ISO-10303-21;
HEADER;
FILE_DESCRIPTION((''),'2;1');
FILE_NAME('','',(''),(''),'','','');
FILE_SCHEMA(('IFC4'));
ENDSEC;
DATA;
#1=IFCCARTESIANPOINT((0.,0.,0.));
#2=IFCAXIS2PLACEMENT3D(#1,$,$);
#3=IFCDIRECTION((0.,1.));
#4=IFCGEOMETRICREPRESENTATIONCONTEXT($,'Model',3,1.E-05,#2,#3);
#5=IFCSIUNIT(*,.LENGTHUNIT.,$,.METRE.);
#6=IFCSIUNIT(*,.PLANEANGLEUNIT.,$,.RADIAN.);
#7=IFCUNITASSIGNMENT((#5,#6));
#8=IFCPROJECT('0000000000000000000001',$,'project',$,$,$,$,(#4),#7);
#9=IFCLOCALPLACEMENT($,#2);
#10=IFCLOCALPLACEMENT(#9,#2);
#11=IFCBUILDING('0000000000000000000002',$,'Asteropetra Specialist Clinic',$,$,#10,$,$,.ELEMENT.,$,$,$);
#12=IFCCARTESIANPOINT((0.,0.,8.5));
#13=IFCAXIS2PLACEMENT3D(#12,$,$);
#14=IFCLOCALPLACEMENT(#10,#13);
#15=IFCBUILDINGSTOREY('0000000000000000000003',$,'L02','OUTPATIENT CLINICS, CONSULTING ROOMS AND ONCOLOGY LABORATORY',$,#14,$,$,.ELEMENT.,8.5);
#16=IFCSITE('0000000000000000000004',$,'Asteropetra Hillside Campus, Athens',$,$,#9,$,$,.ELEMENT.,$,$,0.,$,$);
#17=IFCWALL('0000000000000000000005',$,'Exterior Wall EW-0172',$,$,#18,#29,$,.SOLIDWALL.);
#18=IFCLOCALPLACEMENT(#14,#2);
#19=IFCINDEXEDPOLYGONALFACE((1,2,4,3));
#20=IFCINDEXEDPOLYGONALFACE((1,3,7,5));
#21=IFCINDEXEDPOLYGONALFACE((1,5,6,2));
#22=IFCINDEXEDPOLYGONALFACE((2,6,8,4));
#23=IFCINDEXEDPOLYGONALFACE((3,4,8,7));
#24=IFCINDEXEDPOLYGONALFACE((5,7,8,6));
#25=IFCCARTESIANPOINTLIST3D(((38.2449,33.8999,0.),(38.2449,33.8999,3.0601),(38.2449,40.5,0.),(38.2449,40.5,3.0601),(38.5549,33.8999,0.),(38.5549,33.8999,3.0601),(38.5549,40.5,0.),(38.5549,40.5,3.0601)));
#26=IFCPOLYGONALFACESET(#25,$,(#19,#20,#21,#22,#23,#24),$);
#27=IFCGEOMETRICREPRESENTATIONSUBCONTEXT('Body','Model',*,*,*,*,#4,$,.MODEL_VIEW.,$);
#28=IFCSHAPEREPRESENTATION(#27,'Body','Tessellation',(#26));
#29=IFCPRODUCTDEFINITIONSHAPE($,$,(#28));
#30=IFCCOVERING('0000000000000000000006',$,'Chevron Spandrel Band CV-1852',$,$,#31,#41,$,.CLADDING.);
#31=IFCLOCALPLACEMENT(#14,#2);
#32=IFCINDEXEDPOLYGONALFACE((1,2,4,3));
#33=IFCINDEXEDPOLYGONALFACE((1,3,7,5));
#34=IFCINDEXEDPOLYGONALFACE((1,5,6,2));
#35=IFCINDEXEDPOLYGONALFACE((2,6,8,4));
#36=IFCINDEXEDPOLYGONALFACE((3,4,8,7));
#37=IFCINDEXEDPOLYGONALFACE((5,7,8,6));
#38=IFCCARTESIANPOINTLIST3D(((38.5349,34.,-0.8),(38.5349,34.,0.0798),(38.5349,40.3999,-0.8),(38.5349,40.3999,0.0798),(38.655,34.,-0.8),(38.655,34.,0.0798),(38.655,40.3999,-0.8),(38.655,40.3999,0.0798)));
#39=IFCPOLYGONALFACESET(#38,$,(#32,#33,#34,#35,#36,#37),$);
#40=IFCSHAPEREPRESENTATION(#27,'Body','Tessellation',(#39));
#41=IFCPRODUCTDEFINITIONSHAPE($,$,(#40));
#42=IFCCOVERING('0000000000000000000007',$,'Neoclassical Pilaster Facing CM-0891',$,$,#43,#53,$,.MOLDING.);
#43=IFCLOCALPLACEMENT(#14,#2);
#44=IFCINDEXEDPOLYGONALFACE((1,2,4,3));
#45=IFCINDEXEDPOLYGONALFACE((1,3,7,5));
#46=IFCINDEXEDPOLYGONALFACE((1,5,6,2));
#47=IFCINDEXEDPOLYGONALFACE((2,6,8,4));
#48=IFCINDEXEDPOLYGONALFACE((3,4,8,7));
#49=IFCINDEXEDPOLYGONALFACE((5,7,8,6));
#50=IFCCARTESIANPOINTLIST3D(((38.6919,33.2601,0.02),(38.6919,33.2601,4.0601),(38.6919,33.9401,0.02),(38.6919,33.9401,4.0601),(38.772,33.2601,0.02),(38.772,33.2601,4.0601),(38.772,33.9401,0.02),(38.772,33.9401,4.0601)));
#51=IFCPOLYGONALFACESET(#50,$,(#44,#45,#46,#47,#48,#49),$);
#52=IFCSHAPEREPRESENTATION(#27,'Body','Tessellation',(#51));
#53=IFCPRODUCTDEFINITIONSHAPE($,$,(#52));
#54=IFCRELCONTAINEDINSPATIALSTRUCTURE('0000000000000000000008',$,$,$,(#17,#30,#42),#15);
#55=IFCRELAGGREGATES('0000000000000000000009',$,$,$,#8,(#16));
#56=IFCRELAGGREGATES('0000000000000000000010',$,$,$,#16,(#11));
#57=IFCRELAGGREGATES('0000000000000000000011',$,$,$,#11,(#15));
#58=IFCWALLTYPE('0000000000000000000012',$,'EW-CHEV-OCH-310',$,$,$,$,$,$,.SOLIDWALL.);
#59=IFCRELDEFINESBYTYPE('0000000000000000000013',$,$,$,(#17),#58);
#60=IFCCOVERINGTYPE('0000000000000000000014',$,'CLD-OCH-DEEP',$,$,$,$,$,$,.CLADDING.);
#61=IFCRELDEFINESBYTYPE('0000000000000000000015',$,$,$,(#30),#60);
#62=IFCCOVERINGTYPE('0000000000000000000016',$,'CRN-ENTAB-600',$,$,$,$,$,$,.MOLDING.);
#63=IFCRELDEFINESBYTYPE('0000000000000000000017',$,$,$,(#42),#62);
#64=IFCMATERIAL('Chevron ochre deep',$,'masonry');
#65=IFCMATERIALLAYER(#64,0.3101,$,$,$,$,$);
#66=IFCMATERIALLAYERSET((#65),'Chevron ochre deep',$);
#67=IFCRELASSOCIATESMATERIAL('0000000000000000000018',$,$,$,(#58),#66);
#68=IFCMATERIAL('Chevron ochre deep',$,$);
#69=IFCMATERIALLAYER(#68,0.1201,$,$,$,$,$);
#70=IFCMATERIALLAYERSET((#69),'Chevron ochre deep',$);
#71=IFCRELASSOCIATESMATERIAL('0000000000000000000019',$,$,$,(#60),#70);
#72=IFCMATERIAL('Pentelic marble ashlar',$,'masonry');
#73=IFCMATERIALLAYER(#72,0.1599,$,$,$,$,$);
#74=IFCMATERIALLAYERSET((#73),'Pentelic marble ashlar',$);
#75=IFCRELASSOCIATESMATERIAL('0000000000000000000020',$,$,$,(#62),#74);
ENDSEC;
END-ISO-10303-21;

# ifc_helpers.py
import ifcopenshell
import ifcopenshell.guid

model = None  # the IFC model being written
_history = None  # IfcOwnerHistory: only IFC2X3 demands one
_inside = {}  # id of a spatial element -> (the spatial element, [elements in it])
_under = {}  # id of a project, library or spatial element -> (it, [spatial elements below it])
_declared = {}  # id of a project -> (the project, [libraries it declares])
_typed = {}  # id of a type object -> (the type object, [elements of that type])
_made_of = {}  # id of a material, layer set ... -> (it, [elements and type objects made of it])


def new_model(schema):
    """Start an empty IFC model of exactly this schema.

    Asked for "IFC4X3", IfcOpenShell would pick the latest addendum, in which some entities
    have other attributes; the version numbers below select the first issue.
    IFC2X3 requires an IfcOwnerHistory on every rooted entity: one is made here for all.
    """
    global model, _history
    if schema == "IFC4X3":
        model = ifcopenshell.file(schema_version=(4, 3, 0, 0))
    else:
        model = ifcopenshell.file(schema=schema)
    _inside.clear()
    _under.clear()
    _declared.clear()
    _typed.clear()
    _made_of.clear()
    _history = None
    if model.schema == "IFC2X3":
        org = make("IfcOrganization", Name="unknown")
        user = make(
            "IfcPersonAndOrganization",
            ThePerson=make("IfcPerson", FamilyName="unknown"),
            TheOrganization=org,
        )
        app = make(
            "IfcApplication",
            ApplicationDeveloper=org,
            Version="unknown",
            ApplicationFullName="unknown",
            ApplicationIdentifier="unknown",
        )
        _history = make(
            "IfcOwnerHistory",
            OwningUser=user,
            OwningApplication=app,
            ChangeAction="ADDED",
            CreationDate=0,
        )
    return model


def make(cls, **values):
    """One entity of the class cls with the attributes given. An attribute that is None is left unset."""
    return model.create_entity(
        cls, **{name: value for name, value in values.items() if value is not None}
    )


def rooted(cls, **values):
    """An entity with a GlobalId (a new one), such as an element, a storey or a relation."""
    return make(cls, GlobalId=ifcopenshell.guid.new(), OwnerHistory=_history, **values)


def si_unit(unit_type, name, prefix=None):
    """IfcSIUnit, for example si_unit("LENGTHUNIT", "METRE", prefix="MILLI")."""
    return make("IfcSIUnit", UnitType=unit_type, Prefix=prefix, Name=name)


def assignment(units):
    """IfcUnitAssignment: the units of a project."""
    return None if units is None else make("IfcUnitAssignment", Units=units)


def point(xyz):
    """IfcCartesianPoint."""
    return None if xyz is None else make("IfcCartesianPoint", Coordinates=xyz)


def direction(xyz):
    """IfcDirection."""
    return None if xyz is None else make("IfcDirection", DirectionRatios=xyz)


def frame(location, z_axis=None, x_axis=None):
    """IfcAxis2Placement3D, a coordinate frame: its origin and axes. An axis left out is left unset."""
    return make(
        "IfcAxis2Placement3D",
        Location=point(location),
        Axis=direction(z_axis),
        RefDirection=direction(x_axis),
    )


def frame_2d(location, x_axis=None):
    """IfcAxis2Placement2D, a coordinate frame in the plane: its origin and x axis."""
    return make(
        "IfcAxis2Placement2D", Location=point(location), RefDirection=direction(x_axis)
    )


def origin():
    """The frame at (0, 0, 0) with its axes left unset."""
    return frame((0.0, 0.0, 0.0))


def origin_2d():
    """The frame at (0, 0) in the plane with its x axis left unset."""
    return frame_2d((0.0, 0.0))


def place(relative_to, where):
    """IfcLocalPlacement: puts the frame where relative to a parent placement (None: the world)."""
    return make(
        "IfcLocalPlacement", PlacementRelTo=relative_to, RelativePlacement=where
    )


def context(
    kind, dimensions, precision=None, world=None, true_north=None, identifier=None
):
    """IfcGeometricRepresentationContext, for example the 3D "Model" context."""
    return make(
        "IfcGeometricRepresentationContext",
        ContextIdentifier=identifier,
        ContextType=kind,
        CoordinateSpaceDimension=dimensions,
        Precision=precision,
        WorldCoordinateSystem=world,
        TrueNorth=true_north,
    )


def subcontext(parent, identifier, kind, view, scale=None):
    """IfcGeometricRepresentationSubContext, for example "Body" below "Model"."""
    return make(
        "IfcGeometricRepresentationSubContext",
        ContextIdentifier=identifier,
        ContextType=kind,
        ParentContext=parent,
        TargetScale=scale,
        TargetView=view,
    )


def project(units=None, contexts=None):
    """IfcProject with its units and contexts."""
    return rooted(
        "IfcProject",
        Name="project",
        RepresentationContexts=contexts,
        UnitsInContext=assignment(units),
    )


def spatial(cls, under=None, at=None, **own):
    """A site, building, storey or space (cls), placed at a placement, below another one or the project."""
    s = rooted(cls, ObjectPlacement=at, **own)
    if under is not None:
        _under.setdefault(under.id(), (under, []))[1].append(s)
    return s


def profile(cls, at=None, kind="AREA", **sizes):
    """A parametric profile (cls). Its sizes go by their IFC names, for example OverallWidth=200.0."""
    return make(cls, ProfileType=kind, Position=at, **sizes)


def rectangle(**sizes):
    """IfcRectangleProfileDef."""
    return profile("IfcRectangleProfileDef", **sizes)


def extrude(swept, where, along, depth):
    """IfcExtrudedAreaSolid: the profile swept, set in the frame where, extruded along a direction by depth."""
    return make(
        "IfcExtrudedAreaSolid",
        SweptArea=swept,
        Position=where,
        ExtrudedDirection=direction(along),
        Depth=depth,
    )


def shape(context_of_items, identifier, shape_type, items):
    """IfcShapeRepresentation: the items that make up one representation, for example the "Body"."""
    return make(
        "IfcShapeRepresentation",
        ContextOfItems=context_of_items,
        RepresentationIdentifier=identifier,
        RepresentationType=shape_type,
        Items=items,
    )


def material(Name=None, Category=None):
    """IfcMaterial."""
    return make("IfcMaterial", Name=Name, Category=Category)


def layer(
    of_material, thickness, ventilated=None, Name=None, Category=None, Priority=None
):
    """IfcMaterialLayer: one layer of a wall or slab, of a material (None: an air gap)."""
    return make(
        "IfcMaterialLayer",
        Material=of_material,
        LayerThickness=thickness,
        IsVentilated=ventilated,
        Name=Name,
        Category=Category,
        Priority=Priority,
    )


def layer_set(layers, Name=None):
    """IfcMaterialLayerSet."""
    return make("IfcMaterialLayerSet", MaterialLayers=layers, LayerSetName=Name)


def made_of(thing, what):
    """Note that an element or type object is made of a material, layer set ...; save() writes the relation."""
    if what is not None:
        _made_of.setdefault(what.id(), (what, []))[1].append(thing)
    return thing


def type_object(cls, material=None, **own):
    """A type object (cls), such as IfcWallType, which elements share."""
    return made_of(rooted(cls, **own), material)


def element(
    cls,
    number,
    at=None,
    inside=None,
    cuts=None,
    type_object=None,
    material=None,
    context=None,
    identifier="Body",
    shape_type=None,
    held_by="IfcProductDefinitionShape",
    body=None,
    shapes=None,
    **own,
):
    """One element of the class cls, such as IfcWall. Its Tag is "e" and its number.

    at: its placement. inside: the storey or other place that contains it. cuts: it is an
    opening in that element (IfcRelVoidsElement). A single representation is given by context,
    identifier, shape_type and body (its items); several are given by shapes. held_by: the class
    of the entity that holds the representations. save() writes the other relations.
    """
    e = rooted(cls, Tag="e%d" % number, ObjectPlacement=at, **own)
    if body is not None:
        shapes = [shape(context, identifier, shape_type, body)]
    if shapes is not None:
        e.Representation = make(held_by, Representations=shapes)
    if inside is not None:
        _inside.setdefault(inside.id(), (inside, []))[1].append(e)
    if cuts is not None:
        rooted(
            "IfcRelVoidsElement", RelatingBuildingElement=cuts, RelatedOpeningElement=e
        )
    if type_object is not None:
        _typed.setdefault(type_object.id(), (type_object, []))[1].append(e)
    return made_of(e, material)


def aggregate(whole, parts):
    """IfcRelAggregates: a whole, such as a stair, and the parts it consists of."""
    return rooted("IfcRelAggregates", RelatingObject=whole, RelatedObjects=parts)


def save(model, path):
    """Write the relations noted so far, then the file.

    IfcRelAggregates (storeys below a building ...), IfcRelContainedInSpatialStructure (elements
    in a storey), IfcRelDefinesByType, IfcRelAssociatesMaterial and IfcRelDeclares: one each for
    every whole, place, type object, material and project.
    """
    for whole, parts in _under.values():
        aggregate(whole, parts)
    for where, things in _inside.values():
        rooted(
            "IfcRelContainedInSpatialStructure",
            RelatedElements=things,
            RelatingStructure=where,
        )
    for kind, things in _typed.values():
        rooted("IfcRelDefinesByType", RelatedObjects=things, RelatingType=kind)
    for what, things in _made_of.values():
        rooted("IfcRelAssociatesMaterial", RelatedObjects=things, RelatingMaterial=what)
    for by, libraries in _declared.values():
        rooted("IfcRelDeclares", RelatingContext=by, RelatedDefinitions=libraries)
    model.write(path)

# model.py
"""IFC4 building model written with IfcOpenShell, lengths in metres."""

from ifc_helpers import new_model, si_unit, direction, frame, frame_2d, origin, origin_2d, place, context, subcontext, project, spatial, rectangle, extrude, material, layer, layer_set, type_object, element, save


model = new_model("IFC4")

# Units and contexts
model_context = context("Model", 3, precision=1e-05, world=origin(), true_north=direction((0.0, 1.0)))
body_context = subcontext(model_context, "Body", "Model", "MODEL_VIEW")
ifc_project = project(units=[si_unit("LENGTHUNIT", "METRE"), si_unit("PLANEANGLEUNIT", "RADIAN")], contexts=[model_context])

# Site, building, storey
site_placement = place(None, origin())
site = spatial("IfcSite", under=ifc_project, at=site_placement, Name="Asteropetra Hillside Campus, Athens", CompositionType="ELEMENT", RefElevation=0.0)
building_placement = place(site_placement, origin())
building = spatial("IfcBuilding", under=site, at=building_placement, Name="Asteropetra Specialist Clinic", CompositionType="ELEMENT")
storey_placement = place(building_placement, frame((0.0, 0.0, 8.5)))
storey = spatial("IfcBuildingStorey", under=building, at=storey_placement, Name="L02", Description="OUTPATIENT CLINICS, CONSULTING ROOMS AND ONCOLOGY LABORATORY", CompositionType="ELEMENT", Elevation=8.5)

# Wall
ifc_material_1 = material(Name="Chevron ochre deep", Category="masonry")
ifc_layer_1 = layer(ifc_material_1, 0.3101)
ifc_layer_set_1 = layer_set([ifc_layer_1], Name="Chevron ochre deep")
wall_type = type_object("IfcWallType", Name="EW-CHEV-OCH-310", PredefinedType="SOLIDWALL", material=ifc_layer_set_1)
wall_placement = place(storey_placement, frame((38.3999, 33.8999, 0.0), z_axis=(0.0, 0.0, 1.0), x_axis=(0.0, 1.0, 0.0)))
element("IfcWall", 1, at=wall_placement, inside=storey, type_object=wall_type, Name="Exterior Wall EW-0172", PredefinedType="SOLIDWALL", context=body_context, shape_type="SweptSolid", body=[
    extrude(rectangle(XDim=6.6001, YDim=0.3101, at=frame_2d((3.3, 0.0))), origin(), (0.0, 0.0, 1.0), 3.0601),
])

# Coverings
ifc_material_2 = material(Name="Chevron ochre deep")
ifc_layer_2 = layer(ifc_material_2, 0.1201)
ifc_layer_set_2 = layer_set([ifc_layer_2], Name="Chevron ochre deep")
covering_type_1 = type_object("IfcCoveringType", Name="CLD-OCH-DEEP", PredefinedType="CLADDING", material=ifc_layer_set_2)
covering_1_placement = place(storey_placement, frame((38.595, 37.2, -0.8), z_axis=(0.0, 0.0, 1.0), x_axis=(1.0, 0.0, 0.0)))
element("IfcCovering", 2, at=covering_1_placement, inside=storey, type_object=covering_type_1, Name="Chevron Spandrel Band CV-1852", PredefinedType="CLADDING", context=body_context, shape_type="SweptSolid", body=[
    extrude(rectangle(XDim=0.1201, YDim=6.3999, at=origin_2d()), origin(), (0.0, 0.0, 1.0), 0.8799),
])
ifc_material_3 = material(Name="Pentelic marble ashlar", Category="masonry")
ifc_layer_3 = layer(ifc_material_3, 0.1599)
ifc_layer_set_3 = layer_set([ifc_layer_3], Name="Pentelic marble ashlar")
covering_type_2 = type_object("IfcCoveringType", Name="CRN-ENTAB-600", PredefinedType="MOLDING", material=ifc_layer_set_3)
covering_2_placement = place(storey_placement, frame((38.7319, 33.6001, 0.02), z_axis=(0.0, 0.0, 1.0), x_axis=(1.0, 0.0, 0.0)))
element("IfcCovering", 3, at=covering_2_placement, inside=storey, type_object=covering_type_2, Name="Neoclassical Pilaster Facing CM-0891", PredefinedType="MOLDING", context=body_context, shape_type="SweptSolid", body=[
    extrude(rectangle(XDim=0.0801, YDim=0.6799, at=origin_2d()), origin(), (0.0, 0.0, 1.0), 4.04),
])

save(model, "model.ifc")
